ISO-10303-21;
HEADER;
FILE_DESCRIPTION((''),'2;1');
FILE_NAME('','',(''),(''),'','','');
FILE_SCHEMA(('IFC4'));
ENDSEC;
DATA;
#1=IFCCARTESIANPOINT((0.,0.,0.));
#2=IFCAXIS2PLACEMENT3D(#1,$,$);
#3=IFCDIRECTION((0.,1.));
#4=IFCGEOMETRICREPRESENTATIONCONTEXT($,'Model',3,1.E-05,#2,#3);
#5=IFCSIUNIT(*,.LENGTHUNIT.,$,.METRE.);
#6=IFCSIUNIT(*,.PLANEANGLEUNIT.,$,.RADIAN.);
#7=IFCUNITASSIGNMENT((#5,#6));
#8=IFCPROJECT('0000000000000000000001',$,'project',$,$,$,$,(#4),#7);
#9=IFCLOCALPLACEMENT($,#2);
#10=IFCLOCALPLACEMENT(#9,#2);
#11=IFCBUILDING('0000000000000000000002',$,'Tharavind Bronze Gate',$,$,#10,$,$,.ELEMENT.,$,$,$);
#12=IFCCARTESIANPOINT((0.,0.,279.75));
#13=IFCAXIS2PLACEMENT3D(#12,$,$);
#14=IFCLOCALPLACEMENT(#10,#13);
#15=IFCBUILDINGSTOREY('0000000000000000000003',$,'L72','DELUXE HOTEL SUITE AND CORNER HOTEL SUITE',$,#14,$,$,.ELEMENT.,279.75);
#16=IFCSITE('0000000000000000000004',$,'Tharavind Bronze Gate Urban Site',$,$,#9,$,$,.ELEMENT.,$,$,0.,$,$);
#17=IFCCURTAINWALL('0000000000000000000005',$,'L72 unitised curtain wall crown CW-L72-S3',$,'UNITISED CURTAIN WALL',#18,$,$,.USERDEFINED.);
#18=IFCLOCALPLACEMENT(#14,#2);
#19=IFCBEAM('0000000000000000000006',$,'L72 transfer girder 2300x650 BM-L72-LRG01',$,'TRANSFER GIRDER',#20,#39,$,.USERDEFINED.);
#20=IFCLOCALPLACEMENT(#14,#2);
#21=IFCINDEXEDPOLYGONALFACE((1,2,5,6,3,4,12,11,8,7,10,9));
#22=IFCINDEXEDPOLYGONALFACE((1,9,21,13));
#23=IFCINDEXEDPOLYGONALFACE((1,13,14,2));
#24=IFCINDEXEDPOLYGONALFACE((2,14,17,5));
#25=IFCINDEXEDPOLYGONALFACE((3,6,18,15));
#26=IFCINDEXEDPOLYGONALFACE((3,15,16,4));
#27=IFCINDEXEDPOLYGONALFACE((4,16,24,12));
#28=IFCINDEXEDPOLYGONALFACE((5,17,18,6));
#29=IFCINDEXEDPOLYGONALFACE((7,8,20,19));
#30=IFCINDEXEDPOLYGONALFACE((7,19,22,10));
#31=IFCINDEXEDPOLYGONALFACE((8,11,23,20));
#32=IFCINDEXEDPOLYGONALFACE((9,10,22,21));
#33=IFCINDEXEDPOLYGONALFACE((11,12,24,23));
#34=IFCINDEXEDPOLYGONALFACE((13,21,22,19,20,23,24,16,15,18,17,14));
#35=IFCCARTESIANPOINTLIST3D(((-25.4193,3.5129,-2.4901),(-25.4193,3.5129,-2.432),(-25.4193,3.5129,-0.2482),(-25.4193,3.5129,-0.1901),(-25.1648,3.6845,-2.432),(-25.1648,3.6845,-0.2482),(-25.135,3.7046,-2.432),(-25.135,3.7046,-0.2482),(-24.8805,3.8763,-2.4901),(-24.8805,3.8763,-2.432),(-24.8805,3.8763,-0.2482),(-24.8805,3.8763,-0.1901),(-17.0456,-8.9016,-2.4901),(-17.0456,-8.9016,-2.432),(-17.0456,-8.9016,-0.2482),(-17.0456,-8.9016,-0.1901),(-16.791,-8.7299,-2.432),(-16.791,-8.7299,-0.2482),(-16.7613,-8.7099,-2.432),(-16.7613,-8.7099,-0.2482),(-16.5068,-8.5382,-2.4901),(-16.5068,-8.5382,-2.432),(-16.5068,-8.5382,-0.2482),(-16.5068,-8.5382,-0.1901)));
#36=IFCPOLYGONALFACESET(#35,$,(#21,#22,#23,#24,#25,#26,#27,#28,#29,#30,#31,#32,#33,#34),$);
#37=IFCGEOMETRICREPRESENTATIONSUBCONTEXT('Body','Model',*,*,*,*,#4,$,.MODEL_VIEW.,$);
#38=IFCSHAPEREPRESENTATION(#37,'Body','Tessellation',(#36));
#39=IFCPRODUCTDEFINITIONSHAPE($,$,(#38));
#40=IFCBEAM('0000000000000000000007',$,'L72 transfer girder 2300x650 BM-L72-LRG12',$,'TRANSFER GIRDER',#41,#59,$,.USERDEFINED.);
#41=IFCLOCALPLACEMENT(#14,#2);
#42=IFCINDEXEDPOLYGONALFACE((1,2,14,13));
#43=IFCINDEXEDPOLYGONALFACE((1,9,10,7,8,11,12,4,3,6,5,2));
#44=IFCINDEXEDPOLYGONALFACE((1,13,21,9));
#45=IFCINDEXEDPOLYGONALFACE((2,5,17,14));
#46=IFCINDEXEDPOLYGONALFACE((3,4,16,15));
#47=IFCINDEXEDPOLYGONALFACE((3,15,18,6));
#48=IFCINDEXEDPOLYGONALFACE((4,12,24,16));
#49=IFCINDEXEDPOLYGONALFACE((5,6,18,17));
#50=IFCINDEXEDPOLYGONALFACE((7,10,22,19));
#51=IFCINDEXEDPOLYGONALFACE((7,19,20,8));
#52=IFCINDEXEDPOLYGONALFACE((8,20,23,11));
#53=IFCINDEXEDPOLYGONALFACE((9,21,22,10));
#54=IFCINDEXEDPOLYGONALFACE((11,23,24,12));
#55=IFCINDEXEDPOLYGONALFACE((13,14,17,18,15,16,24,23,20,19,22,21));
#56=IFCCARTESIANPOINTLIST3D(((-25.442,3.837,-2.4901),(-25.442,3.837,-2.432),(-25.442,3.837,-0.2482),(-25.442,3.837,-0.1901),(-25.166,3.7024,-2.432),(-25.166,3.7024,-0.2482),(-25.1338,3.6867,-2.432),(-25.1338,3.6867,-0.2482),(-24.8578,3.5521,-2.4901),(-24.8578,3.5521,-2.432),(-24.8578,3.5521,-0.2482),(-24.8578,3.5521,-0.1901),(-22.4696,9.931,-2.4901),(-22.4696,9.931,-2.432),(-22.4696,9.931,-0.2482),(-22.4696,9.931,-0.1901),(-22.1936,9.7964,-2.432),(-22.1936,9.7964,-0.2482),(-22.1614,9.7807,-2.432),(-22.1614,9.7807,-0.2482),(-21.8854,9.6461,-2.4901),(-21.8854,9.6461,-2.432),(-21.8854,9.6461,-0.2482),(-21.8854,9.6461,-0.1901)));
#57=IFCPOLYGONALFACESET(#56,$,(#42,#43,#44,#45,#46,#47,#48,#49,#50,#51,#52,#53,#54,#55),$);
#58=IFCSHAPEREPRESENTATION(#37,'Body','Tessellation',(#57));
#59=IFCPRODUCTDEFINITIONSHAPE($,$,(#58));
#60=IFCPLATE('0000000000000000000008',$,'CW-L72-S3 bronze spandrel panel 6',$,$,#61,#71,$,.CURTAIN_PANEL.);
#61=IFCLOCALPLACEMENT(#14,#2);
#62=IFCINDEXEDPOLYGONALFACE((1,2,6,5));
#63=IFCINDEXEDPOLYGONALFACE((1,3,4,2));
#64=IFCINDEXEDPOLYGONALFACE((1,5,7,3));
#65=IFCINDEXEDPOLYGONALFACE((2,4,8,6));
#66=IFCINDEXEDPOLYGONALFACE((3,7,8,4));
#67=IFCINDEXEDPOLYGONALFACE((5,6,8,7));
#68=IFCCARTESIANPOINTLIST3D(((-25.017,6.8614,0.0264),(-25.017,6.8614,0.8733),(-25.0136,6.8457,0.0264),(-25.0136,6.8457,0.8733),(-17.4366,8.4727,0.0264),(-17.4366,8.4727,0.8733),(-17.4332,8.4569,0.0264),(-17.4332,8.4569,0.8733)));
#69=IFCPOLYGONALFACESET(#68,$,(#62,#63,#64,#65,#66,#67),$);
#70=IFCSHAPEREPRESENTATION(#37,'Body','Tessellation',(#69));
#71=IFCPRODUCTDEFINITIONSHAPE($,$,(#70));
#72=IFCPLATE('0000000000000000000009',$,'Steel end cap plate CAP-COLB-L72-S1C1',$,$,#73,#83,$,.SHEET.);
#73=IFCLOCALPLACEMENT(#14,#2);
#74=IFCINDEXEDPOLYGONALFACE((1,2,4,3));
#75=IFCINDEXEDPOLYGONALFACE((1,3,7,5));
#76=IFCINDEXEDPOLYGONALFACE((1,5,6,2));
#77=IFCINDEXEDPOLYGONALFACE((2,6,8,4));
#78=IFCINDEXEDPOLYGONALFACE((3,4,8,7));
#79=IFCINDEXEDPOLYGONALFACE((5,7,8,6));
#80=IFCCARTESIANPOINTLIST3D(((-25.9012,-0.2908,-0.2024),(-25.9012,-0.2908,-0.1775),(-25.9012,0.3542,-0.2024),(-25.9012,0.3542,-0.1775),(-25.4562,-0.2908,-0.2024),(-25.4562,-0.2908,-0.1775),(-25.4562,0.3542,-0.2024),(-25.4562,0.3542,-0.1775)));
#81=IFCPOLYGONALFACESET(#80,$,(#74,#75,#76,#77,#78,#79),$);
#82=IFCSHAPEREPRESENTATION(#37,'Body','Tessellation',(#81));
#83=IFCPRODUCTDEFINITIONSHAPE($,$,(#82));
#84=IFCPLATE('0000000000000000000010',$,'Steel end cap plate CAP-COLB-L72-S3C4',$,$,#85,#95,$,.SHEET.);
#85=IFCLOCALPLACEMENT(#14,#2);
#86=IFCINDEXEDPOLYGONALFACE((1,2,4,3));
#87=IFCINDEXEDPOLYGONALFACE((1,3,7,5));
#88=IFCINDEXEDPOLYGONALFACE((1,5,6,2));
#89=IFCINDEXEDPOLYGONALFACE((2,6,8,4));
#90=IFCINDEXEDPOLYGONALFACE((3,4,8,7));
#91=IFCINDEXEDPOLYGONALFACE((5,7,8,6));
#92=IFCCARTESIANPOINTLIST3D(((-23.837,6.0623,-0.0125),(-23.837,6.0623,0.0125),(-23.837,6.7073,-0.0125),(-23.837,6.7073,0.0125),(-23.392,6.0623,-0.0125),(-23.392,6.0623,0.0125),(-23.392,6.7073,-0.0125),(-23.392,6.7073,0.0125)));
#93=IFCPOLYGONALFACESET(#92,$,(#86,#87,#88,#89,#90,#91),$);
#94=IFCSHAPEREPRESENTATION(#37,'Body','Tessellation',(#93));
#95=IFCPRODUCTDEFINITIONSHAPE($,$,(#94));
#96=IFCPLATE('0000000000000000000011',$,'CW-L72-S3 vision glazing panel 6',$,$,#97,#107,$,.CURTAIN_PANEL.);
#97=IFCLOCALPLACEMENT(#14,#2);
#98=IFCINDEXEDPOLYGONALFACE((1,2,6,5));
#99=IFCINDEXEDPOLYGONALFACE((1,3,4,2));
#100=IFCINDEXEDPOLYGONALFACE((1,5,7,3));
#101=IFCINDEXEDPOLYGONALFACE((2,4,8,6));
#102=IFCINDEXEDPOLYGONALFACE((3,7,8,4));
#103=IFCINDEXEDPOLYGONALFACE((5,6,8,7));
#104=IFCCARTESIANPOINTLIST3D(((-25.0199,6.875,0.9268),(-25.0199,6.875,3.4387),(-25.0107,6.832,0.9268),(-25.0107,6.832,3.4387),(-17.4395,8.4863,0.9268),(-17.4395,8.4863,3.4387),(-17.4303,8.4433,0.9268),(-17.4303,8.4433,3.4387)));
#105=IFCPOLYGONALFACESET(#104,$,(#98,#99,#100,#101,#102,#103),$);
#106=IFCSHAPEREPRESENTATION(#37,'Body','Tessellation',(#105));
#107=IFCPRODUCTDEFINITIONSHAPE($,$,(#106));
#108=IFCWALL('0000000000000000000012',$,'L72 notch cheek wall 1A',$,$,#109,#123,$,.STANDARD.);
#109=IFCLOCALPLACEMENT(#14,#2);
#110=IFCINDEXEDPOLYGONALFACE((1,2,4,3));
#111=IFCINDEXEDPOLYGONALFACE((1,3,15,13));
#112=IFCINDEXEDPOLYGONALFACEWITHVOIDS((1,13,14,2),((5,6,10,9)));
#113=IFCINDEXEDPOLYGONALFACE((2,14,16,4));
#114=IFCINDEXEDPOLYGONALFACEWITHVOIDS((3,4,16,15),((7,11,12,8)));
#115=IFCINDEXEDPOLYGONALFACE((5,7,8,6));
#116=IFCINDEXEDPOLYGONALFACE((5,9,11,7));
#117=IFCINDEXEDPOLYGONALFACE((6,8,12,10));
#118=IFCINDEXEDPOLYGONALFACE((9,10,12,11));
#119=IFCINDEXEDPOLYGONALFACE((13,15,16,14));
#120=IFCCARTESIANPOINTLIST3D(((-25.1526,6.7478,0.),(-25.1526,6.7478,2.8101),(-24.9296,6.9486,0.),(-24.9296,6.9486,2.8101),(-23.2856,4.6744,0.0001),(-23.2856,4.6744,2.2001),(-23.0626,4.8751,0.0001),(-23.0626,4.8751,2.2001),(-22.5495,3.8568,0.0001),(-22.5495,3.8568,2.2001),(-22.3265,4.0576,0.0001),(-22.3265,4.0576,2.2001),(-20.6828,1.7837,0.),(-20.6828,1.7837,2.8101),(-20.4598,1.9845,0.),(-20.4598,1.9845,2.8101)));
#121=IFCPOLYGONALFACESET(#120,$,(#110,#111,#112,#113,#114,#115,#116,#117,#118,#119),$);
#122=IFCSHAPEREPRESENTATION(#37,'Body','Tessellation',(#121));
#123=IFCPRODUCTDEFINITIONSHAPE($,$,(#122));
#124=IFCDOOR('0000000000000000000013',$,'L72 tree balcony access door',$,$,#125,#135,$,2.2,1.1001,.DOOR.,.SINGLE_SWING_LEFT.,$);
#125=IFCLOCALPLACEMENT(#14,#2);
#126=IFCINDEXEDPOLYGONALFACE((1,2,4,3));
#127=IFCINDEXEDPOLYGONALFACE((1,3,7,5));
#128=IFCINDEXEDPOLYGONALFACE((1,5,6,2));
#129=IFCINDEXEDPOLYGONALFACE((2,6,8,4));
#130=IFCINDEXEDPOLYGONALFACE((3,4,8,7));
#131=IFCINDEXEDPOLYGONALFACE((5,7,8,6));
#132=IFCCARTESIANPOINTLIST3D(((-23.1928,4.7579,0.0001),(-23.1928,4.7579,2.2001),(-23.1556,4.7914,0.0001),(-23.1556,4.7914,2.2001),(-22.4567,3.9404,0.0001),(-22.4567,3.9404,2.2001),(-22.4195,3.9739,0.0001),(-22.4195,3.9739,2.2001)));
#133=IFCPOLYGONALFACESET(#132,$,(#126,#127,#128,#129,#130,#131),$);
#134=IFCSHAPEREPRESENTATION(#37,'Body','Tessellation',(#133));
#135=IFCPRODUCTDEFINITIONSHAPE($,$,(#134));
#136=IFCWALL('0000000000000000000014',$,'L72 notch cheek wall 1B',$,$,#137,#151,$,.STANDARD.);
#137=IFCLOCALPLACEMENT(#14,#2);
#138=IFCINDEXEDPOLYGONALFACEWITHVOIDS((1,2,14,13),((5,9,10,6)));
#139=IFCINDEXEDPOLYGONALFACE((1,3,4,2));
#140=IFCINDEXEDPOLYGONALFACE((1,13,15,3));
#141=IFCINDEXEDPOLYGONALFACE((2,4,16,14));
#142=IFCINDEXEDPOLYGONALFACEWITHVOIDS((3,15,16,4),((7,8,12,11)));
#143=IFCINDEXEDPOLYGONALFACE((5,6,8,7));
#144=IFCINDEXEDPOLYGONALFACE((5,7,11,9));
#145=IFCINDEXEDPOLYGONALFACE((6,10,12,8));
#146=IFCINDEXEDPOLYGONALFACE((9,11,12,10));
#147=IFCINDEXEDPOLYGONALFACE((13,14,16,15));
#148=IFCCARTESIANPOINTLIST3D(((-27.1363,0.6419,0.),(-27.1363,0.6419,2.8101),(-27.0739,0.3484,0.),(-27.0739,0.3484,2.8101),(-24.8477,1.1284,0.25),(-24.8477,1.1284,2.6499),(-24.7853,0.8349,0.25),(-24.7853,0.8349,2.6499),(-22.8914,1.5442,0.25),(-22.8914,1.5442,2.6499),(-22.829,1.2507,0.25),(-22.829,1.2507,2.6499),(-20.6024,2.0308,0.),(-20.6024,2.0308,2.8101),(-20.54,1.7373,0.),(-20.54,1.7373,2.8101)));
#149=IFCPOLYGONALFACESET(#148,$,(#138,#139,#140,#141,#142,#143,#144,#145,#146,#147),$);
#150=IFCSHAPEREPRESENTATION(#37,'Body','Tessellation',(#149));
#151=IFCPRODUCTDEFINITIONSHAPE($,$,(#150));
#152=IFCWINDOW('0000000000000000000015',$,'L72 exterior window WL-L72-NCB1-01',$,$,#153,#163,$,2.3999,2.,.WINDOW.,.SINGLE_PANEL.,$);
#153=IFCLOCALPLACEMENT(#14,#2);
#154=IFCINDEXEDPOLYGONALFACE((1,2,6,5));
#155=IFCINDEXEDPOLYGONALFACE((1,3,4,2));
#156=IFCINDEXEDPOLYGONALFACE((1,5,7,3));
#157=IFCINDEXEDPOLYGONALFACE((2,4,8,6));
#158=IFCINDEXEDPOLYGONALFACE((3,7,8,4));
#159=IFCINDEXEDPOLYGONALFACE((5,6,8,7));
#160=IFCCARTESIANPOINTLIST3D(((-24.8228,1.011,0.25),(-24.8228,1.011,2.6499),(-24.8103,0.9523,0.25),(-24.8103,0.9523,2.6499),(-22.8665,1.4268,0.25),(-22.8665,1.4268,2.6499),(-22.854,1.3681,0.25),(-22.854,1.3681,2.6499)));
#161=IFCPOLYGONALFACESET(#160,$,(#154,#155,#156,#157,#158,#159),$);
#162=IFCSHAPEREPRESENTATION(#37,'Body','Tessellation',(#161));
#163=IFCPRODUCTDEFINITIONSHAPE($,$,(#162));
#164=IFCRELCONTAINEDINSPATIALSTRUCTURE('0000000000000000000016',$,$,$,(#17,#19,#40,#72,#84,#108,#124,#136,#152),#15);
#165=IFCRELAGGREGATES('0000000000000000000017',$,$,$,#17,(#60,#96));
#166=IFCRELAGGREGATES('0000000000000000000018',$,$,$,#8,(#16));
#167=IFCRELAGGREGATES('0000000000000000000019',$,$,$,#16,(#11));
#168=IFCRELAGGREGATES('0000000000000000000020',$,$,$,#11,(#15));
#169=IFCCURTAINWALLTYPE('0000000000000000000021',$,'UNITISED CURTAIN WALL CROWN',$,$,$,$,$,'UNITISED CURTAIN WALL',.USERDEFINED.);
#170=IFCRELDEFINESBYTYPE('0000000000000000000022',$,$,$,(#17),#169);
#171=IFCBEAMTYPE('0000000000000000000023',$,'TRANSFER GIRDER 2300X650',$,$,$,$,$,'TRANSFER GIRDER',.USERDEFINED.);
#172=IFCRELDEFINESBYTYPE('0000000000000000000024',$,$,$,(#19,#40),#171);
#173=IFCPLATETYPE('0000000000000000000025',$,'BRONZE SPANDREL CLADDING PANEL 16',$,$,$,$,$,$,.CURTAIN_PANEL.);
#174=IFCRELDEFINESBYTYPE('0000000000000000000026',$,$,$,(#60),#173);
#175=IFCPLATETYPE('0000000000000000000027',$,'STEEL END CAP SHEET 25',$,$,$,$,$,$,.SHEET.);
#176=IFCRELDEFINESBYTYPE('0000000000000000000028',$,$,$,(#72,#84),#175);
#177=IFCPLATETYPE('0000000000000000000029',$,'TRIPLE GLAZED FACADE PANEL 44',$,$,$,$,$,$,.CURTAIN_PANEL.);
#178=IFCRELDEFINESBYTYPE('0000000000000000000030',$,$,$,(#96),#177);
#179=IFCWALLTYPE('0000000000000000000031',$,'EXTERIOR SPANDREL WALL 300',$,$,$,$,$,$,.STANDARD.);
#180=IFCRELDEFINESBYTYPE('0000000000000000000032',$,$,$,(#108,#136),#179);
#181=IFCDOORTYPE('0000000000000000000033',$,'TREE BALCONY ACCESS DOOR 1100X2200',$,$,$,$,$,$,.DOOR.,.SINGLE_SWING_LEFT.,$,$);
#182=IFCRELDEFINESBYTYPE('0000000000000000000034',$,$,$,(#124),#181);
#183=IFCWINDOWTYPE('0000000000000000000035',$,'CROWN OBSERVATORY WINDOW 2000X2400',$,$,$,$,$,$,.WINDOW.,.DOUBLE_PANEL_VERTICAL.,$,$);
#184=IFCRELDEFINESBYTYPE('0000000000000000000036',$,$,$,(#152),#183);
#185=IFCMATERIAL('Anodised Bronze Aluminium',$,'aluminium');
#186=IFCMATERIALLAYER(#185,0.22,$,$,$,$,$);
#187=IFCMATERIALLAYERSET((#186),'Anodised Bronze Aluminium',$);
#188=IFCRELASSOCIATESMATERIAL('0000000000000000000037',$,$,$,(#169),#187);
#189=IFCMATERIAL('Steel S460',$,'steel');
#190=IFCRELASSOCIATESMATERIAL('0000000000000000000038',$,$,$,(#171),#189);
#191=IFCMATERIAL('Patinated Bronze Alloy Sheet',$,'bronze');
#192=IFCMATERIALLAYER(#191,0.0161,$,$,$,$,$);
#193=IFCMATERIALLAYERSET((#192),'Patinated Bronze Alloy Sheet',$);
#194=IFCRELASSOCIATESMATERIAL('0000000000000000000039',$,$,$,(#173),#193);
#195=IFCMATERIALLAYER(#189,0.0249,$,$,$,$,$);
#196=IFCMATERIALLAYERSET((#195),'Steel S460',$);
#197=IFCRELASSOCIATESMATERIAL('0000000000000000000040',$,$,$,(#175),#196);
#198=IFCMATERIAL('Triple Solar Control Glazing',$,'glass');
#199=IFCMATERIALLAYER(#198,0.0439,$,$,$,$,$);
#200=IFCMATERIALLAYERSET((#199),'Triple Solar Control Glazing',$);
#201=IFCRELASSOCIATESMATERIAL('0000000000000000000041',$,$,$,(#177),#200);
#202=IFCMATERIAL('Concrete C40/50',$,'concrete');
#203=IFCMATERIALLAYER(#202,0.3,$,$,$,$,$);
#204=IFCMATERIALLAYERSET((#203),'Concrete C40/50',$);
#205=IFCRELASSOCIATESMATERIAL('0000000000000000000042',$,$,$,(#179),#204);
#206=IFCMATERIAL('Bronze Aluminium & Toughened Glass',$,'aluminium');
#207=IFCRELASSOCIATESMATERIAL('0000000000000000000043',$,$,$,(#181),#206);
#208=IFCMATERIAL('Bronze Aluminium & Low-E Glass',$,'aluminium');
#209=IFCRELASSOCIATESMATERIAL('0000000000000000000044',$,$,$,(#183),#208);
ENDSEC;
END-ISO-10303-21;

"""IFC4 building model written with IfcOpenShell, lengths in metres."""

from ifc_helpers import new_model, si_unit, direction, frame, frame_2d, origin, origin_2d, place, context, subcontext, project, spatial, rectangle, i_section, extrude, material, layer, layer_set, material_profile, profile_set, type_object, element, fill, aggregate, save


model = new_model("IFC4")

# Units and contexts
model_context = context("Model", 3, precision=1e-05, world=origin(), true_north=direction((0.0, 1.0)))
body_context = subcontext(model_context, "Body", "Model", "MODEL_VIEW")
ifc_project = project(units=[si_unit("LENGTHUNIT", "METRE"), si_unit("PLANEANGLEUNIT", "RADIAN")], contexts=[model_context])

# Site, building, storey
site_placement = place(None, origin())
site = spatial("IfcSite", under=ifc_project, at=site_placement, Name="Tharavind Bronze Gate Urban Site", CompositionType="ELEMENT", RefElevation=0.0)
building_placement = place(site_placement, origin())
building = spatial("IfcBuilding", under=site, at=building_placement, Name="Tharavind Bronze Gate", CompositionType="ELEMENT")
storey_placement = place(building_placement, frame((0.0, 0.0, 279.75)))
storey = spatial("IfcBuildingStorey", under=building, at=storey_placement, Name="L72", Description="DELUXE HOTEL SUITE AND CORNER HOTEL SUITE", CompositionType="ELEMENT", Elevation=279.75)

# Shared definitions
ifc_material_1 = material(Name="Steel S460", Category="steel")

# Shared definitions
ifc_material_2 = material(Name="Anodised Bronze Aluminium", Category="aluminium")
ifc_layer_1 = layer(ifc_material_2, 0.22)
ifc_layer_set_1 = layer_set([ifc_layer_1], Name="Anodised Bronze Aluminium")
curtain_wall_type = type_object("IfcCurtainWallType", Name="UNITISED CURTAIN WALL CROWN", ElementType="UNITISED CURTAIN WALL", PredefinedType="USERDEFINED", material=ifc_layer_set_1)

# Curtain wall
curtain_wall_1_placement = place(storey_placement, origin())
curtain_wall_1 = element("IfcCurtainWall", 1, at=curtain_wall_1_placement, inside=storey, type_object=curtain_wall_type, Name="L72 unitised curtain wall crown CW-L72-S3", ObjectType="UNITISED CURTAIN WALL", PredefinedType="USERDEFINED")

# Beams
ifc_material_profile_1 = material_profile(ifc_material_1, i_section(OverallWidth=0.6499, OverallDepth=2.3, WebThickness=0.0359, FlangeThickness=0.0581, at=origin_2d()), Name="PG2300X650")
ifc_profile_set_1 = profile_set([ifc_material_profile_1], Name="Steel S460")
beam_type_1 = type_object("IfcBeamType", Name="TRANSFER GIRDER 2300X650", ElementType="TRANSFER GIRDER", PredefinedType="USERDEFINED", material=ifc_profile_set_1)
beam_1_placement = place(storey_placement, frame((-25.1499, 3.6946, -1.3401), z_axis=(0.559196, -0.829036, 0.0), x_axis=(0.829036, 0.559196, 0.0)))
element("IfcBeam", 2, at=beam_1_placement, inside=storey, type_object=beam_type_1, Name="L72 transfer girder 2300x650 BM-L72-LRG01", ObjectType="TRANSFER GIRDER", PredefinedType="USERDEFINED", context=body_context, shape_type="SweptSolid", body=[
    extrude(i_section(OverallWidth=0.6499, OverallDepth=2.3, WebThickness=0.0359, FlangeThickness=0.0581, at=origin_2d()), origin(), (0.0, 0.0, 1.0), 14.9746),
])
beam_2_placement = place(storey_placement, frame((-22.1775, 9.7886, -1.3401), z_axis=(-0.438392, -0.898784, 0.0), x_axis=(0.898784, -0.438392, 0.0)))
element("IfcBeam", 3, at=beam_2_placement, inside=storey, type_object=beam_type_1, Name="L72 transfer girder 2300x650 BM-L72-LRG12", ObjectType="TRANSFER GIRDER", PredefinedType="USERDEFINED", context=body_context, shape_type="SweptSolid", body=[
    extrude(i_section(OverallWidth=0.6499, OverallDepth=2.3, WebThickness=0.0359, FlangeThickness=0.0581, at=origin_2d()), origin(), (0.0, 0.0, 1.0), 6.7803),
])

# Plate
ifc_material_3 = material(Name="Patinated Bronze Alloy Sheet", Category="bronze")
ifc_layer_2 = layer(ifc_material_3, 0.0161)
ifc_layer_set_2 = layer_set([ifc_layer_2], Name="Patinated Bronze Alloy Sheet")
plate_type_1 = type_object("IfcPlateType", Name="BRONZE SPANDREL CLADDING PANEL 16", PredefinedType="CURTAIN_PANEL", material=ifc_layer_set_2)
plate_1_placement = place(storey_placement, frame((-21.2251, 7.6592, 0.0264), z_axis=(0.0, 0.0, 1.0), x_axis=(-0.978147, -0.207913, 0.0)))
plate_1 = element("IfcPlate", 4, at=plate_1_placement, type_object=plate_type_1, Name="CW-L72-S3 bronze spandrel panel 6", PredefinedType="CURTAIN_PANEL", context=body_context, shape_type="SweptSolid", body=[
    extrude(rectangle(XDim=7.7498, YDim=0.0161, at=origin_2d()), origin(), (0.0, 0.0, 1.0), 0.8469),
])

# Plates
ifc_layer_3 = layer(ifc_material_1, 0.0249)
ifc_layer_set_3 = layer_set([ifc_layer_3], Name="Steel S460")
plate_type_2 = type_object("IfcPlateType", Name="STEEL END CAP SHEET 25", PredefinedType="SHEET", material=ifc_layer_set_3)
for number, where, z_axis, x_axis, name in (
    (5, (-25.6787, 0.0317, -0.2024), (0.0, 0.0, 1.0), (1.0, 0.0, 0.0), "Steel end cap plate CAP-COLB-L72-S1C1"),
    (6, (-23.6145, 6.3848, -0.0125), (0.0, 0.0, 1.0), (1.0, 0.0, 0.0), "Steel end cap plate CAP-COLB-L72-S3C4"),
):
    element("IfcPlate", number, at=place(storey_placement, frame(where, z_axis=z_axis, x_axis=x_axis)), inside=storey, type_object=plate_type_2, Name=name, PredefinedType="SHEET", context=body_context, shape_type="SweptSolid", body=[
        extrude(rectangle(XDim=0.4451, YDim=0.645, at=origin_2d()), origin(), (0.0, 0.0, 1.0), 0.0249),
    ])

# Plate
ifc_material_4 = material(Name="Triple Solar Control Glazing", Category="glass")
ifc_layer_4 = layer(ifc_material_4, 0.0439)
ifc_layer_set_4 = layer_set([ifc_layer_4], Name="Triple Solar Control Glazing")
plate_type_3 = type_object("IfcPlateType", Name="TRIPLE GLAZED FACADE PANEL 44", PredefinedType="CURTAIN_PANEL", material=ifc_layer_set_4)
plate_2_placement = place(storey_placement, frame((-21.2251, 7.6592, 0.9268), z_axis=(0.0, 0.0, 1.0), x_axis=(-0.978147, -0.207913, 0.0)))
plate_2 = element("IfcPlate", 7, at=plate_2_placement, type_object=plate_type_3, Name="CW-L72-S3 vision glazing panel 6", PredefinedType="CURTAIN_PANEL", context=body_context, shape_type="SweptSolid", body=[
    extrude(rectangle(XDim=7.7498, YDim=0.0439, at=origin_2d()), origin(), (0.0, 0.0, 1.0), 2.512),
])
aggregate(curtain_wall_1, [plate_1, plate_2])

# Wall, opening, door
ifc_material_5 = material(Name="Concrete C40/50", Category="concrete")
ifc_layer_5 = layer(ifc_material_5, 0.3)
ifc_layer_set_5 = layer_set([ifc_layer_5], Name="Concrete C40/50")
wall_type_1 = type_object("IfcWallType", Name="EXTERIOR SPANDREL WALL 300", PredefinedType="STANDARD", material=ifc_layer_set_5)
wall_1_placement = place(storey_placement, frame((-25.041, 6.8481, 0.0), z_axis=(0.0, 0.0, 1.0), x_axis=(0.669132, -0.743143, 0.0)))
wall_1 = element("IfcWall", 8, at=wall_1_placement, inside=storey, type_object=wall_type_1, Name="L72 notch cheek wall 1A", PredefinedType="STANDARD", context=body_context, shape_type="SweptSolid", body=[
    extrude(rectangle(XDim=6.6799, YDim=0.3, at=frame_2d((3.3398, 0.0))), origin(), (0.0, 0.0, 1.0), 2.8101),
])
opening_1_placement = place(wall_1_placement, frame((2.79, 0.0, 0.0)))
opening_1 = element("IfcOpeningElement", 9, at=opening_1_placement, cuts=wall_1, PredefinedType="OPENING", context=body_context, shape_type="SweptSolid", body=[
    extrude(rectangle(XDim=1.1001, YDim=2.2, at=frame_2d((0.55, 1.1001))), frame((0.0, 0.1599, 0.0), z_axis=(0.0, -1.0, 0.0), x_axis=(1.0, 0.0, 0.0)), (0.0, 0.0, 1.0), 0.32),
])
ifc_material_6 = material(Name="Bronze Aluminium & Toughened Glass", Category="aluminium")
door_type_1 = type_object("IfcDoorType", Name="TREE BALCONY ACCESS DOOR 1100X2200", OperationType="SINGLE_SWING_LEFT", PredefinedType="DOOR", material=ifc_material_6)
door_1_placement = place(opening_1_placement, origin())
door_1 = element("IfcDoor", 10, at=door_1_placement, inside=storey, type_object=door_type_1, Name="L72 tree balcony access door", OperationType="SINGLE_SWING_LEFT", OverallHeight=2.2, OverallWidth=1.1001, PredefinedType="DOOR", context=body_context, shape_type="SweptSolid", body=[
    extrude(rectangle(XDim=1.1001, YDim=2.2, at=frame_2d((0.55, 1.1001))), frame((0.0, 0.0249, 0.0), z_axis=(0.0, -1.0, 0.0), x_axis=(1.0, 0.0, 0.0)), (0.0, 0.0, 1.0), 0.05),
])
fill(opening_1, door_1)

# Wall, opening, window
wall_2_placement = place(storey_placement, frame((-20.5713, 1.884, 0.0), z_axis=(0.0, 0.0, 1.0), x_axis=(-0.978145, -0.207924, 0.0)))
wall_2 = element("IfcWall", 11, at=wall_2_placement, inside=storey, type_object=wall_type_1, Name="L72 notch cheek wall 1B", PredefinedType="STANDARD", context=body_context, shape_type="SweptSolid", body=[
    extrude(rectangle(XDim=6.6799, YDim=0.3, at=frame_2d((3.3398, 0.0))), origin(), (0.0, 0.0, 1.0), 2.8101),
])
opening_2_placement = place(wall_2_placement, frame((2.3401, 0.0, 0.25)))
opening_2 = element("IfcOpeningElement", 12, at=opening_2_placement, cuts=wall_2, PredefinedType="OPENING", context=body_context, shape_type="SweptSolid", body=[
    extrude(rectangle(XDim=2.0, YDim=2.3999, at=frame_2d((1.0, 1.2))), frame((0.0, 0.1599, 0.0), z_axis=(0.0, -1.0, 0.0), x_axis=(1.0, 0.0, 0.0)), (0.0, 0.0, 1.0), 0.32),
])
ifc_material_7 = material(Name="Bronze Aluminium & Low-E Glass", Category="aluminium")
window_type = type_object("IfcWindowType", Name="CROWN OBSERVATORY WINDOW 2000X2400", PartitioningType="DOUBLE_PANEL_VERTICAL", PredefinedType="WINDOW", material=ifc_material_7)
window_placement = place(opening_2_placement, origin())
window = element("IfcWindow", 13, at=window_placement, inside=storey, type_object=window_type, Name="L72 exterior window WL-L72-NCB1-01", OverallHeight=2.3999, OverallWidth=2.0, PartitioningType="SINGLE_PANEL", PredefinedType="WINDOW", context=body_context, shape_type="SweptSolid", body=[
    extrude(rectangle(XDim=2.0, YDim=2.3999, at=frame_2d((1.0, 1.2))), frame((0.0, 0.03, 0.0), z_axis=(0.0, -1.0, 0.0), x_axis=(1.0, 0.0, 0.0)), (0.0, 0.0, 1.0), 0.0601),
])
fill(opening_2, window)

save(model, "model.ifc")
